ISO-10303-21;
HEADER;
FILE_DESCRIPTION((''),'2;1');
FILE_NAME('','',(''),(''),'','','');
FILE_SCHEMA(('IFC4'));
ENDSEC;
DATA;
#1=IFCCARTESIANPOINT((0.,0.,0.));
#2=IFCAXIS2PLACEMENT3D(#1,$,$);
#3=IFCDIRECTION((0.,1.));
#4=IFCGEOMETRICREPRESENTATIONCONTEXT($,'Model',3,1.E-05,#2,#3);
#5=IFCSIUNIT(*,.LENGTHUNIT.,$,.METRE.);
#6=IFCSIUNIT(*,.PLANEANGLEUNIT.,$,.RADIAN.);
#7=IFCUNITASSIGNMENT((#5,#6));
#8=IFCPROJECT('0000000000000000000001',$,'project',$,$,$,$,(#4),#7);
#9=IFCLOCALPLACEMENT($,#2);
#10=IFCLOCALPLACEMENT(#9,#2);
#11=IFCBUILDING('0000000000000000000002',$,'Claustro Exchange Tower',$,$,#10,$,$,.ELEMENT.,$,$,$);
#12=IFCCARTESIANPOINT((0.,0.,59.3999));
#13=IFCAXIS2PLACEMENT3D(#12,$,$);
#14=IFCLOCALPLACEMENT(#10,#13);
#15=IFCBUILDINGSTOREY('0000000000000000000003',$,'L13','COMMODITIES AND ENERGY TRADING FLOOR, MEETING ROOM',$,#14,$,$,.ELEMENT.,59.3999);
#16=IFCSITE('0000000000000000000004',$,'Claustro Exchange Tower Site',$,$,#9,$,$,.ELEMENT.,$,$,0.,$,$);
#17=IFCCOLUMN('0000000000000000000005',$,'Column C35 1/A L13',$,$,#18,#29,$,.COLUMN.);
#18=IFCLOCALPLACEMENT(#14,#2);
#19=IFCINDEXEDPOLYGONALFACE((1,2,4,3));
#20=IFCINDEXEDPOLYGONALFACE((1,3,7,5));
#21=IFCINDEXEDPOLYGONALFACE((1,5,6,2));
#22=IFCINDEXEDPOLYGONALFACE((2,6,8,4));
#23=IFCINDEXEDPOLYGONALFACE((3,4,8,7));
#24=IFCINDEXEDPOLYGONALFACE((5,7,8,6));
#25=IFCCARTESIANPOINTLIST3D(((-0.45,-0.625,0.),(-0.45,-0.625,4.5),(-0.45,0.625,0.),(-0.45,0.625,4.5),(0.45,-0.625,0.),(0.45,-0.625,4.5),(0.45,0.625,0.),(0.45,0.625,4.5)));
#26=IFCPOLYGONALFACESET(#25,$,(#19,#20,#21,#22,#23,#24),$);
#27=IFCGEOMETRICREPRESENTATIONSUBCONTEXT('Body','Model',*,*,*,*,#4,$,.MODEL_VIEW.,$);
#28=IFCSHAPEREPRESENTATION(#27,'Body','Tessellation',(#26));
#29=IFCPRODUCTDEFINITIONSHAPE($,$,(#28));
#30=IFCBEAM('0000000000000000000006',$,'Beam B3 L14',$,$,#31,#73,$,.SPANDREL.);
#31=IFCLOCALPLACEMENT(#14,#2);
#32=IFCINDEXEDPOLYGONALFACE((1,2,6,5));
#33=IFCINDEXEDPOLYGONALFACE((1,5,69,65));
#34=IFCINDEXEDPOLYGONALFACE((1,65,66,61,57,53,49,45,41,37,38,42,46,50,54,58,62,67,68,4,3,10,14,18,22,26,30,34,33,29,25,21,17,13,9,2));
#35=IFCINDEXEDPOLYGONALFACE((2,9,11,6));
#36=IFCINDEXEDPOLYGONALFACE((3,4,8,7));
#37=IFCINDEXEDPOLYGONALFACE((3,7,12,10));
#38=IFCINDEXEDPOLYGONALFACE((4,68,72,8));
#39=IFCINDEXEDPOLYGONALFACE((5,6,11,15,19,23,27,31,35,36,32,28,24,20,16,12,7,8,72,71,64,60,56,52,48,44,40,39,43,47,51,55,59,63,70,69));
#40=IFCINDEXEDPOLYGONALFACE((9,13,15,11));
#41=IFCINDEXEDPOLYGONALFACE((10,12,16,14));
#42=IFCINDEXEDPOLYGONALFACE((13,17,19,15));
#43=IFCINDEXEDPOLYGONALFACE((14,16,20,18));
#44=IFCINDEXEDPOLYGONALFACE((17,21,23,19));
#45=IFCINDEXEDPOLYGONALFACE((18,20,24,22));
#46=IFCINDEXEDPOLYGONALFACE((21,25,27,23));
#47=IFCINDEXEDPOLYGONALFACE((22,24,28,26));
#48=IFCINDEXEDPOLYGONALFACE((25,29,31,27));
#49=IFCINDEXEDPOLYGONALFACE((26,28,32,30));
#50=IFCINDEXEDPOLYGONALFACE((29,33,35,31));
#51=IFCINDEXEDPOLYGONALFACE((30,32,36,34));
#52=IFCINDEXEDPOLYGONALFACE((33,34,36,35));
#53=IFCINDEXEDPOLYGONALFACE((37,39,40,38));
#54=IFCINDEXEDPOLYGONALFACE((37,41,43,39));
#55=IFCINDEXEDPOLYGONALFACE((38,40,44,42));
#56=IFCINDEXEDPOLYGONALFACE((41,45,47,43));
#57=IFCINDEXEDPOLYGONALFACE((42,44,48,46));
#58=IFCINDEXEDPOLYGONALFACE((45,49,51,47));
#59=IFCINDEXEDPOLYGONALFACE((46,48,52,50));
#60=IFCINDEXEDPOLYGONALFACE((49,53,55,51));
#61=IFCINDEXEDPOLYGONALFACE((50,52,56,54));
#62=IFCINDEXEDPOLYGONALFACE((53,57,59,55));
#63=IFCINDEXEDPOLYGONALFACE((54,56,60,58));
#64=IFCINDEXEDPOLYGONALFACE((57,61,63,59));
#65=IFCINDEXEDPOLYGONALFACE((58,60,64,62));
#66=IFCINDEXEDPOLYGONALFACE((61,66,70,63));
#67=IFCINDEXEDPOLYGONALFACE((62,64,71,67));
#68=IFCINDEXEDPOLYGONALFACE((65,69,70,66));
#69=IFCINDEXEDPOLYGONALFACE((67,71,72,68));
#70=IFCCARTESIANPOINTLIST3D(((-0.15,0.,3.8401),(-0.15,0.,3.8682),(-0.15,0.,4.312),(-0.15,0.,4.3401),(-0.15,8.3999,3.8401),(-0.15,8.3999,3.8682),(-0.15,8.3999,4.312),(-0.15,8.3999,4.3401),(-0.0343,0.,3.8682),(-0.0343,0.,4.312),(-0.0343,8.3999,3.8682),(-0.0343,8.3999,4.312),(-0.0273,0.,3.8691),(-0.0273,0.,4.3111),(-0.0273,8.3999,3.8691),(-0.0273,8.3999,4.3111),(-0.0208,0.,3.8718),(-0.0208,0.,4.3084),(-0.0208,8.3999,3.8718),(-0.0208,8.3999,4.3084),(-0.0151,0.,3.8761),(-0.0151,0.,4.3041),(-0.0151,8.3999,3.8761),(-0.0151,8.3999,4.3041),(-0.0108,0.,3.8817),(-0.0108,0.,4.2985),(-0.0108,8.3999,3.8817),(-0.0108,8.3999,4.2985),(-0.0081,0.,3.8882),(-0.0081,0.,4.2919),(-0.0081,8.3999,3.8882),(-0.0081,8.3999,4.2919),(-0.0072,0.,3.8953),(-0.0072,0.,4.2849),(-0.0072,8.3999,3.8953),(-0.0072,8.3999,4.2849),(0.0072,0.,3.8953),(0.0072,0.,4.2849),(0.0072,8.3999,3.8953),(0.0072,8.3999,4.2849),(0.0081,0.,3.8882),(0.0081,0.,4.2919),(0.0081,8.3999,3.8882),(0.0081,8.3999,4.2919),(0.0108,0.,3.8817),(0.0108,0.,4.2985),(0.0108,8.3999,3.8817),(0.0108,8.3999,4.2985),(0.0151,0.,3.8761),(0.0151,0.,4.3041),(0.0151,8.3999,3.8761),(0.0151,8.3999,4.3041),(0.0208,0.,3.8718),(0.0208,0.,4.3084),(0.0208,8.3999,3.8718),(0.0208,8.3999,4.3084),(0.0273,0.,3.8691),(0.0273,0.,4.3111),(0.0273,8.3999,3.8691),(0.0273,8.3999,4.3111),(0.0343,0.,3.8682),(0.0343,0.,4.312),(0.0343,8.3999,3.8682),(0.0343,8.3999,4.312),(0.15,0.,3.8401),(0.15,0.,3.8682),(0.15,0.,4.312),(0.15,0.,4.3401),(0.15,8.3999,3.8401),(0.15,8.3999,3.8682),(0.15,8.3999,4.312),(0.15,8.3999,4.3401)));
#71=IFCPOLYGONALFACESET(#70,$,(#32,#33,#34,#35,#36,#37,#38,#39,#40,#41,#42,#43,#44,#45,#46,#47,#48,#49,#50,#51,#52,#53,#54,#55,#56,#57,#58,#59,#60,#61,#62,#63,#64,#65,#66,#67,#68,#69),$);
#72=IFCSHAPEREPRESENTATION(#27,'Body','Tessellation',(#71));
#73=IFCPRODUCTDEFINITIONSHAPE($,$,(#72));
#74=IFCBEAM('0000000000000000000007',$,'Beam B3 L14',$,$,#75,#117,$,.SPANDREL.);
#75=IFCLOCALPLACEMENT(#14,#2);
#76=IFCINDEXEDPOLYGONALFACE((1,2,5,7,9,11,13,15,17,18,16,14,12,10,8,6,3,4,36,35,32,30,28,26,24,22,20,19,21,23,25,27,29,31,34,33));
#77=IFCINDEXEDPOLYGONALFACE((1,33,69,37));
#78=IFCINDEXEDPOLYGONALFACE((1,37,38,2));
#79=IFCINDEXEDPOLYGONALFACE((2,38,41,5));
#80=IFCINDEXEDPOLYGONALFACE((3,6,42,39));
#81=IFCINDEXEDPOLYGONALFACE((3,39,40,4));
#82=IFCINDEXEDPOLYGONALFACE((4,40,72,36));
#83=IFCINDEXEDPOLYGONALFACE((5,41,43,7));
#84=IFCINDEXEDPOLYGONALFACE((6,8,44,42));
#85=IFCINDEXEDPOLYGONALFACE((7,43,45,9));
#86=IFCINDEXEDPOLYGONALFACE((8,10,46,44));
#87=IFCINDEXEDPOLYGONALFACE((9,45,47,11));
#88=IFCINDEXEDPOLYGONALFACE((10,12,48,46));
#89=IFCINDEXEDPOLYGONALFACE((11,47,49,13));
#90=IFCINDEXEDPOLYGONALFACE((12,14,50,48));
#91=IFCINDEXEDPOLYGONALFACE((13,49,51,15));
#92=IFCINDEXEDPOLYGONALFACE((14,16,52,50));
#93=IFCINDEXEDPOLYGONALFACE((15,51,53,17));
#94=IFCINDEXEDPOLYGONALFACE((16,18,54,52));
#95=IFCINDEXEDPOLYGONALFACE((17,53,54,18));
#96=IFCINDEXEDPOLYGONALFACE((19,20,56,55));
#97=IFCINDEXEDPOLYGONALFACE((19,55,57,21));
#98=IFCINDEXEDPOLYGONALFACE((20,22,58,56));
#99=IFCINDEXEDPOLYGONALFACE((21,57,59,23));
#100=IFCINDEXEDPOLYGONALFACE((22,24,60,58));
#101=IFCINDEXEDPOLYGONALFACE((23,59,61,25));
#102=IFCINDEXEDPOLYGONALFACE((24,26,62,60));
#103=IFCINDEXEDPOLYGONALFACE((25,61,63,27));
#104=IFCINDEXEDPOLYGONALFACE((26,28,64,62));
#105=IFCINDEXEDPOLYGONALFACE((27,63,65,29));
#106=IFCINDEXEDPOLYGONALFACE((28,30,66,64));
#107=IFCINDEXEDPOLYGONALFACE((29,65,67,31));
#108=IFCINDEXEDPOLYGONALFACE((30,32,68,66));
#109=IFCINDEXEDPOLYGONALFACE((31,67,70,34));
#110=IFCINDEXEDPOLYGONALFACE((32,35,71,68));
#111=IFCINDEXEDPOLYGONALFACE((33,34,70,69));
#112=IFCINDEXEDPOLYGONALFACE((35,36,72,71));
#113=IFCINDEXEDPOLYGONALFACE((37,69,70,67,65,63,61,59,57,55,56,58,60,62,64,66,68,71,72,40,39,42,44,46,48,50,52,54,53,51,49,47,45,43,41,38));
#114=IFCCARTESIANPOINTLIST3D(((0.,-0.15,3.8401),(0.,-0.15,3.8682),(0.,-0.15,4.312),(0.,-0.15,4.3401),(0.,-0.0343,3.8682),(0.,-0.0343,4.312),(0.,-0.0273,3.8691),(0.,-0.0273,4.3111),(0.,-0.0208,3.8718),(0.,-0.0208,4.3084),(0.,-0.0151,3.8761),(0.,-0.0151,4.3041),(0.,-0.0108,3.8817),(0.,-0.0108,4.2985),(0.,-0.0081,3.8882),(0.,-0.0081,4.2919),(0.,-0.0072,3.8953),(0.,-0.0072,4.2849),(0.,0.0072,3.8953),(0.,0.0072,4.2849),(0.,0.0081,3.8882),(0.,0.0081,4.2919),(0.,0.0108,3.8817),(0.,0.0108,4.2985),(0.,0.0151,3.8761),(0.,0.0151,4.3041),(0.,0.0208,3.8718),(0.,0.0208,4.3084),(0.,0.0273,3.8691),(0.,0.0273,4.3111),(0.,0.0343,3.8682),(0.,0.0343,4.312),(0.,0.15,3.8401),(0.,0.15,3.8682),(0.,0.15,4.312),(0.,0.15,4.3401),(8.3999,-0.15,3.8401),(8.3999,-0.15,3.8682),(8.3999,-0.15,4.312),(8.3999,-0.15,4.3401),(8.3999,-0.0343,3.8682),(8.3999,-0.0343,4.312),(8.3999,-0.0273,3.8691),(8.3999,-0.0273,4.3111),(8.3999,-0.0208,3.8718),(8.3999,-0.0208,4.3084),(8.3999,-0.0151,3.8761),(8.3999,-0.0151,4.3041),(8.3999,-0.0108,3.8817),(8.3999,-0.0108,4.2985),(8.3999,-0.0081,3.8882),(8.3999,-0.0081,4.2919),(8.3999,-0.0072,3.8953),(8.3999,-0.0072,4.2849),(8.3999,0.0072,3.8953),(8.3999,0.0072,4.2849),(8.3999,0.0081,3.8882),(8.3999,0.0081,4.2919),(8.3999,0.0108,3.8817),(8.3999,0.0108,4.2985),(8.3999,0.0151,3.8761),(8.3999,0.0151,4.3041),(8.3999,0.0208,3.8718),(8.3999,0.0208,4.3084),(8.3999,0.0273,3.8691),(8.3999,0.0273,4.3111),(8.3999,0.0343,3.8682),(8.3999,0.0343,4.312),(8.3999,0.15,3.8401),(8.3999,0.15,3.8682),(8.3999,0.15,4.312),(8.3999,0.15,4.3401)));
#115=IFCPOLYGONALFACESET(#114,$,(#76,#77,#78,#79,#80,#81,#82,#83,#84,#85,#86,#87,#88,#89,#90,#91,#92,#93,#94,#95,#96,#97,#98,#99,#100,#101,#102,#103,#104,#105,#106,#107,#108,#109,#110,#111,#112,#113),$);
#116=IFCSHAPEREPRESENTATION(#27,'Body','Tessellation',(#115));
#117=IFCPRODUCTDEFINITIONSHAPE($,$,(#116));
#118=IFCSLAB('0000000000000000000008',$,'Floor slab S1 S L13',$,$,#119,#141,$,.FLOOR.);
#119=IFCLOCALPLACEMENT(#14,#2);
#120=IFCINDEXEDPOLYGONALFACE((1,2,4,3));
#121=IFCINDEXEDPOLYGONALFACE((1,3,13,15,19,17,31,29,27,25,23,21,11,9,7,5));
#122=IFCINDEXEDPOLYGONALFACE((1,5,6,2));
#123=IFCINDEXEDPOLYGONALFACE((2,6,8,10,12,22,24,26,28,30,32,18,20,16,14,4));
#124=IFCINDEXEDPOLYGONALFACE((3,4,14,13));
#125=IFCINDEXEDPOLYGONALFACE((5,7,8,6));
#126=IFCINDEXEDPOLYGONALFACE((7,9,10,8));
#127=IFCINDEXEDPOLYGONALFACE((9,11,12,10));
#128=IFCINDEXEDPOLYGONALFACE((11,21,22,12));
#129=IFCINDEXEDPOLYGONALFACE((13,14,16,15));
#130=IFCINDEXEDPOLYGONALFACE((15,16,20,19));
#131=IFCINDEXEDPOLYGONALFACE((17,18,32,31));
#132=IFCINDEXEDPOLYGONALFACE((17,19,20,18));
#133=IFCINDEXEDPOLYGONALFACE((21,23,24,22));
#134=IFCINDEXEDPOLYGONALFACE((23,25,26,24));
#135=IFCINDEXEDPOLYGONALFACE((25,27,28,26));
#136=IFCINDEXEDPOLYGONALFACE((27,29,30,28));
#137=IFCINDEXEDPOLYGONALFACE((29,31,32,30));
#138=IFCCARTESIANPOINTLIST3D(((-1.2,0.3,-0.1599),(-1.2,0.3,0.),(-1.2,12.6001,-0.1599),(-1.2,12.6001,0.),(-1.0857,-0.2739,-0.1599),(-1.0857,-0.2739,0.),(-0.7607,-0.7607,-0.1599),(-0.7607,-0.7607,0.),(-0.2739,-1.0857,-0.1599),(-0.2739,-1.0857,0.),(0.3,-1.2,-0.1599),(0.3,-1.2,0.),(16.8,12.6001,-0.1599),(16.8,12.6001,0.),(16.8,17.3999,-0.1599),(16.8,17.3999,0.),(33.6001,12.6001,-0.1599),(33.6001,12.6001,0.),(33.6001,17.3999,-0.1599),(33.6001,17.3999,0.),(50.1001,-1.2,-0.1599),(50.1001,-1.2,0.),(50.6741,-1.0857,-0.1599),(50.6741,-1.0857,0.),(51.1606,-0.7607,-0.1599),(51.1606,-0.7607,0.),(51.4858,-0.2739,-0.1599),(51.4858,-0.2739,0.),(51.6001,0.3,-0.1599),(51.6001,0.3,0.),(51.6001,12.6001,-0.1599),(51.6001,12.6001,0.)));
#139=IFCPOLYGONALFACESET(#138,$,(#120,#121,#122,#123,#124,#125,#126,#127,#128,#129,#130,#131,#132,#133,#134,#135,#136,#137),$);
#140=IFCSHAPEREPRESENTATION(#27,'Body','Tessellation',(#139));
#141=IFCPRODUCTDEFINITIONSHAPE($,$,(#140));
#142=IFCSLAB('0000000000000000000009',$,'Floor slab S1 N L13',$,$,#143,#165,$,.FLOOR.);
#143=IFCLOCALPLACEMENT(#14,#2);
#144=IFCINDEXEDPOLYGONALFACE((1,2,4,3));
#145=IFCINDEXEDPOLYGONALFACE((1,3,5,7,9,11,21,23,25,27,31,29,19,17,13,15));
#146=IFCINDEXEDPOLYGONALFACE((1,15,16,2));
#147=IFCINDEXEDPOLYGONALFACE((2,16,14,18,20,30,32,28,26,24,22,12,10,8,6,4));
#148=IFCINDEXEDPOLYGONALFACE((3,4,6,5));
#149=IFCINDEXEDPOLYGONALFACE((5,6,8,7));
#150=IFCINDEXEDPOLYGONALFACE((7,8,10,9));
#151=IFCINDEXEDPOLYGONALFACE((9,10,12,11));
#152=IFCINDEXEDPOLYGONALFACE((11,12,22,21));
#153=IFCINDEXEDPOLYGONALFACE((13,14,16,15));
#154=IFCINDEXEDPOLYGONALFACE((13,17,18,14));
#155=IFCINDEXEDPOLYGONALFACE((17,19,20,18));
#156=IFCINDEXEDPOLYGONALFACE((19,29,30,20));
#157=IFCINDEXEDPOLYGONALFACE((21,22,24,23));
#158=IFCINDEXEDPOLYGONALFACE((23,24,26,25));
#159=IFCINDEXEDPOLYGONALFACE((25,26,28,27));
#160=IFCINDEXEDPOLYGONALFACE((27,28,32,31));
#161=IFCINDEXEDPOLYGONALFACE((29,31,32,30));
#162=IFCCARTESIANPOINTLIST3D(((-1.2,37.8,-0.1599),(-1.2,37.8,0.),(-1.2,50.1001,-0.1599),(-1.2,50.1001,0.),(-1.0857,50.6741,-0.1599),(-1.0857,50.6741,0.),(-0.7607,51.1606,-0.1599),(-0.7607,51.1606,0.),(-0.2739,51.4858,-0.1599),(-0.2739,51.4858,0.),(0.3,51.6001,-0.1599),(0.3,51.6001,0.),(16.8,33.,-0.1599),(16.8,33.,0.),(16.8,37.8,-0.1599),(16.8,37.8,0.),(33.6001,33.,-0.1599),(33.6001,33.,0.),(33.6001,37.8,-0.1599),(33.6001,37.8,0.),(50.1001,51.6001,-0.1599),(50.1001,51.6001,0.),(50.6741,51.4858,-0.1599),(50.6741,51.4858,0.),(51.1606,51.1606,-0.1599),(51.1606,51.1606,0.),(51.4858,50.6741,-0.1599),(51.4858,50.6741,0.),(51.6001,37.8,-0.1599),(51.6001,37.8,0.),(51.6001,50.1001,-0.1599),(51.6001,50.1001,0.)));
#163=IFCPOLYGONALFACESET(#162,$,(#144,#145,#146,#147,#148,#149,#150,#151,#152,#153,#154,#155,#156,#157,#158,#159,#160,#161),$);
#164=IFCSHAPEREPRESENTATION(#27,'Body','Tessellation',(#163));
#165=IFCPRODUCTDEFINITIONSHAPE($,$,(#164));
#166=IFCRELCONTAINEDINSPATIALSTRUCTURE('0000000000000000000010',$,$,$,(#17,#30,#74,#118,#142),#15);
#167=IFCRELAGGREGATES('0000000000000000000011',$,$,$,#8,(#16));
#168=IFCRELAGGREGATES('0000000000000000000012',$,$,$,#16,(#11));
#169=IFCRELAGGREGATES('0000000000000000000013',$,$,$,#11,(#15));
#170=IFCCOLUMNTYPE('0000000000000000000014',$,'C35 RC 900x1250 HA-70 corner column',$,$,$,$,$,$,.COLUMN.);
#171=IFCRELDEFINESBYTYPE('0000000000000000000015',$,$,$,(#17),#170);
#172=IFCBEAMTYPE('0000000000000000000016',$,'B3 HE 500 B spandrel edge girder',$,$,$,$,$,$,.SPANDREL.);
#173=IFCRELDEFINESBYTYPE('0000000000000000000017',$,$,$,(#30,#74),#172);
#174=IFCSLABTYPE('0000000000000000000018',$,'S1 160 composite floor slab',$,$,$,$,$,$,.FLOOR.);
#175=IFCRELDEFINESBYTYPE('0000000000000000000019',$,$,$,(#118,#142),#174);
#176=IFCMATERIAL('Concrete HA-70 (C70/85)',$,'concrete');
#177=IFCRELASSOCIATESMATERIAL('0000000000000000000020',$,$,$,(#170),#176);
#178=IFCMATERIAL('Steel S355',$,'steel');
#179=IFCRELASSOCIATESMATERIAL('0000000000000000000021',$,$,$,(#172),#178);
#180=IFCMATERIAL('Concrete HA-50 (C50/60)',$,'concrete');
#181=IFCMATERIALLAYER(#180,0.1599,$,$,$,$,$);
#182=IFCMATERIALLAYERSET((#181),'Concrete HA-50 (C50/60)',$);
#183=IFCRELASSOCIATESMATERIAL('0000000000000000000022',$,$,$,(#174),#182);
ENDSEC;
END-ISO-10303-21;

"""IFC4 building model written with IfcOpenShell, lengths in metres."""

from ifc_helpers import new_model, si_unit, direction, frame, origin, origin_with_axes, origin_2d, place, context, subcontext, project, spatial, polyline, rectangle, i_section, outline, extrude, material, layer, layer_set, material_profile, profile_set, type_object, element, save


model = new_model("IFC4")

# Units and contexts
model_context = context("Model", 3, precision=1e-05, world=origin(), true_north=direction((0.0, 1.0)))
body_context = subcontext(model_context, "Body", "Model", "MODEL_VIEW")
ifc_project = project(units=[si_unit("LENGTHUNIT", "METRE"), si_unit("PLANEANGLEUNIT", "RADIAN")], contexts=[model_context])

# Site, building, storey
site_placement = place(None, origin())
site = spatial("IfcSite", under=ifc_project, at=site_placement, Name="Claustro Exchange Tower Site", CompositionType="ELEMENT", RefElevation=0.0)
building_placement = place(site_placement, origin())
building = spatial("IfcBuilding", under=site, at=building_placement, Name="Claustro Exchange Tower", CompositionType="ELEMENT")
storey_placement = place(building_placement, frame((0.0, 0.0, 59.3999)))
storey = spatial("IfcBuildingStorey", under=building, at=storey_placement, Name="L13", Description="COMMODITIES AND ENERGY TRADING FLOOR, MEETING ROOM", CompositionType="ELEMENT", Elevation=59.3999)

# Column
ifc_material_1 = material(Name="Concrete HA-70 (C70/85)", Category="concrete")
ifc_material_profile_1 = material_profile(ifc_material_1, rectangle(XDim=0.8999, YDim=1.25, at=origin_2d()), Name="RC 900x1250")
ifc_profile_set_1 = profile_set([ifc_material_profile_1], Name="Concrete HA-70 (C70/85)")
column_type = type_object("IfcColumnType", Name="C35 RC 900x1250 HA-70 corner column", PredefinedType="COLUMN", material=ifc_profile_set_1)
column_placement = place(storey_placement, origin_with_axes())
element("IfcColumn", 1, at=column_placement, inside=storey, type_object=column_type, Name="Column C35 1/A L13", PredefinedType="COLUMN", context=body_context, shape_type="SweptSolid", body=[
    extrude(rectangle(XDim=0.8999, YDim=1.25, at=origin_2d()), origin(), (0.0, 0.0, 1.0), 4.5),
])

# Beams
ifc_material_2 = material(Name="Steel S355", Category="steel")
ifc_material_profile_2 = material_profile(ifc_material_2, i_section(OverallWidth=0.3, OverallDepth=0.5, WebThickness=0.0144, FlangeThickness=0.0281, FilletRadius=0.0271, at=origin_2d()), Name="HE 500 B")
ifc_profile_set_2 = profile_set([ifc_material_profile_2], Name="Steel S355")
beam_type = type_object("IfcBeamType", Name="B3 HE 500 B spandrel edge girder", PredefinedType="SPANDREL", material=ifc_profile_set_2)
for number, where, z_axis, x_axis, name in (
    (2, (0.0, 0.0, 4.0901), (0.0, 1.0, 0.0), (-1.0, 0.0, 0.0), "Beam B3 L14"),
    (3, (0.0, 0.0, 4.0901), (1.0, 0.0, 0.0), (0.0, 1.0, 0.0), "Beam B3 L14"),
):
    element("IfcBeam", number, at=place(storey_placement, frame(where, z_axis=z_axis, x_axis=x_axis)), inside=storey, type_object=beam_type, Name=name, PredefinedType="SPANDREL", context=body_context, shape_type="SweptSolid", body=[
        extrude(i_section(OverallWidth=0.3, OverallDepth=0.5, WebThickness=0.0144, FlangeThickness=0.0281, FilletRadius=0.0271, at=origin_2d()), origin(), (0.0, 0.0, 1.0), 8.3999),
    ])

# Slabs
ifc_material_3 = material(Name="Concrete HA-50 (C50/60)", Category="concrete")
ifc_layer_1 = layer(ifc_material_3, 0.1599)
ifc_layer_set_1 = layer_set([ifc_layer_1], Name="Concrete HA-50 (C50/60)")
slab_type_1 = type_object("IfcSlabType", Name="S1 160 composite floor slab", PredefinedType="FLOOR", material=ifc_layer_set_1)
slab_1_placement = place(storey_placement, frame((0.0, 0.0, -0.1599)))
element("IfcSlab", 4, at=slab_1_placement, inside=storey, type_object=slab_type_1, Name="Floor slab S1 S L13", PredefinedType="FLOOR", context=body_context, shape_type="SweptSolid", body=[
    extrude(outline(polyline([(-0.2739, -1.0857), (0.3, -1.2), (50.1001, -1.2), (50.6741, -1.0857), (51.1606, -0.7607), (51.4858, -0.2739), (51.6001, 0.3), (51.6001, 12.6001), (33.6001, 12.6001), (33.6001, 17.3999), (16.8, 17.3999), (16.8, 12.6001), (-1.2, 12.6001), (-1.2, 0.3), (-1.0857, -0.2739), (-0.7607, -0.7607), (-0.2739, -1.0857)])), origin(), (0.0, 0.0, 1.0), 0.1599),
])
slab_2_placement = place(storey_placement, frame((0.0, 0.0, -0.1599)))
element("IfcSlab", 5, at=slab_2_placement, inside=storey, type_object=slab_type_1, Name="Floor slab S1 N L13", PredefinedType="FLOOR", context=body_context, shape_type="SweptSolid", body=[
    extrude(outline(polyline([(16.8, 37.8), (16.8, 33.0), (33.6001, 33.0), (33.6001, 37.8), (51.6001, 37.8), (51.6001, 50.1001), (51.4858, 50.6741), (51.1606, 51.1606), (50.6741, 51.4858), (50.1001, 51.6001), (0.3, 51.6001), (-0.2739, 51.4858), (-0.7607, 51.1606), (-1.0857, 50.6741), (-1.2, 50.1001), (-1.2, 37.8), (16.8, 37.8)])), origin(), (0.0, 0.0, 1.0), 0.1599),
])

save(model, "model.ifc")
